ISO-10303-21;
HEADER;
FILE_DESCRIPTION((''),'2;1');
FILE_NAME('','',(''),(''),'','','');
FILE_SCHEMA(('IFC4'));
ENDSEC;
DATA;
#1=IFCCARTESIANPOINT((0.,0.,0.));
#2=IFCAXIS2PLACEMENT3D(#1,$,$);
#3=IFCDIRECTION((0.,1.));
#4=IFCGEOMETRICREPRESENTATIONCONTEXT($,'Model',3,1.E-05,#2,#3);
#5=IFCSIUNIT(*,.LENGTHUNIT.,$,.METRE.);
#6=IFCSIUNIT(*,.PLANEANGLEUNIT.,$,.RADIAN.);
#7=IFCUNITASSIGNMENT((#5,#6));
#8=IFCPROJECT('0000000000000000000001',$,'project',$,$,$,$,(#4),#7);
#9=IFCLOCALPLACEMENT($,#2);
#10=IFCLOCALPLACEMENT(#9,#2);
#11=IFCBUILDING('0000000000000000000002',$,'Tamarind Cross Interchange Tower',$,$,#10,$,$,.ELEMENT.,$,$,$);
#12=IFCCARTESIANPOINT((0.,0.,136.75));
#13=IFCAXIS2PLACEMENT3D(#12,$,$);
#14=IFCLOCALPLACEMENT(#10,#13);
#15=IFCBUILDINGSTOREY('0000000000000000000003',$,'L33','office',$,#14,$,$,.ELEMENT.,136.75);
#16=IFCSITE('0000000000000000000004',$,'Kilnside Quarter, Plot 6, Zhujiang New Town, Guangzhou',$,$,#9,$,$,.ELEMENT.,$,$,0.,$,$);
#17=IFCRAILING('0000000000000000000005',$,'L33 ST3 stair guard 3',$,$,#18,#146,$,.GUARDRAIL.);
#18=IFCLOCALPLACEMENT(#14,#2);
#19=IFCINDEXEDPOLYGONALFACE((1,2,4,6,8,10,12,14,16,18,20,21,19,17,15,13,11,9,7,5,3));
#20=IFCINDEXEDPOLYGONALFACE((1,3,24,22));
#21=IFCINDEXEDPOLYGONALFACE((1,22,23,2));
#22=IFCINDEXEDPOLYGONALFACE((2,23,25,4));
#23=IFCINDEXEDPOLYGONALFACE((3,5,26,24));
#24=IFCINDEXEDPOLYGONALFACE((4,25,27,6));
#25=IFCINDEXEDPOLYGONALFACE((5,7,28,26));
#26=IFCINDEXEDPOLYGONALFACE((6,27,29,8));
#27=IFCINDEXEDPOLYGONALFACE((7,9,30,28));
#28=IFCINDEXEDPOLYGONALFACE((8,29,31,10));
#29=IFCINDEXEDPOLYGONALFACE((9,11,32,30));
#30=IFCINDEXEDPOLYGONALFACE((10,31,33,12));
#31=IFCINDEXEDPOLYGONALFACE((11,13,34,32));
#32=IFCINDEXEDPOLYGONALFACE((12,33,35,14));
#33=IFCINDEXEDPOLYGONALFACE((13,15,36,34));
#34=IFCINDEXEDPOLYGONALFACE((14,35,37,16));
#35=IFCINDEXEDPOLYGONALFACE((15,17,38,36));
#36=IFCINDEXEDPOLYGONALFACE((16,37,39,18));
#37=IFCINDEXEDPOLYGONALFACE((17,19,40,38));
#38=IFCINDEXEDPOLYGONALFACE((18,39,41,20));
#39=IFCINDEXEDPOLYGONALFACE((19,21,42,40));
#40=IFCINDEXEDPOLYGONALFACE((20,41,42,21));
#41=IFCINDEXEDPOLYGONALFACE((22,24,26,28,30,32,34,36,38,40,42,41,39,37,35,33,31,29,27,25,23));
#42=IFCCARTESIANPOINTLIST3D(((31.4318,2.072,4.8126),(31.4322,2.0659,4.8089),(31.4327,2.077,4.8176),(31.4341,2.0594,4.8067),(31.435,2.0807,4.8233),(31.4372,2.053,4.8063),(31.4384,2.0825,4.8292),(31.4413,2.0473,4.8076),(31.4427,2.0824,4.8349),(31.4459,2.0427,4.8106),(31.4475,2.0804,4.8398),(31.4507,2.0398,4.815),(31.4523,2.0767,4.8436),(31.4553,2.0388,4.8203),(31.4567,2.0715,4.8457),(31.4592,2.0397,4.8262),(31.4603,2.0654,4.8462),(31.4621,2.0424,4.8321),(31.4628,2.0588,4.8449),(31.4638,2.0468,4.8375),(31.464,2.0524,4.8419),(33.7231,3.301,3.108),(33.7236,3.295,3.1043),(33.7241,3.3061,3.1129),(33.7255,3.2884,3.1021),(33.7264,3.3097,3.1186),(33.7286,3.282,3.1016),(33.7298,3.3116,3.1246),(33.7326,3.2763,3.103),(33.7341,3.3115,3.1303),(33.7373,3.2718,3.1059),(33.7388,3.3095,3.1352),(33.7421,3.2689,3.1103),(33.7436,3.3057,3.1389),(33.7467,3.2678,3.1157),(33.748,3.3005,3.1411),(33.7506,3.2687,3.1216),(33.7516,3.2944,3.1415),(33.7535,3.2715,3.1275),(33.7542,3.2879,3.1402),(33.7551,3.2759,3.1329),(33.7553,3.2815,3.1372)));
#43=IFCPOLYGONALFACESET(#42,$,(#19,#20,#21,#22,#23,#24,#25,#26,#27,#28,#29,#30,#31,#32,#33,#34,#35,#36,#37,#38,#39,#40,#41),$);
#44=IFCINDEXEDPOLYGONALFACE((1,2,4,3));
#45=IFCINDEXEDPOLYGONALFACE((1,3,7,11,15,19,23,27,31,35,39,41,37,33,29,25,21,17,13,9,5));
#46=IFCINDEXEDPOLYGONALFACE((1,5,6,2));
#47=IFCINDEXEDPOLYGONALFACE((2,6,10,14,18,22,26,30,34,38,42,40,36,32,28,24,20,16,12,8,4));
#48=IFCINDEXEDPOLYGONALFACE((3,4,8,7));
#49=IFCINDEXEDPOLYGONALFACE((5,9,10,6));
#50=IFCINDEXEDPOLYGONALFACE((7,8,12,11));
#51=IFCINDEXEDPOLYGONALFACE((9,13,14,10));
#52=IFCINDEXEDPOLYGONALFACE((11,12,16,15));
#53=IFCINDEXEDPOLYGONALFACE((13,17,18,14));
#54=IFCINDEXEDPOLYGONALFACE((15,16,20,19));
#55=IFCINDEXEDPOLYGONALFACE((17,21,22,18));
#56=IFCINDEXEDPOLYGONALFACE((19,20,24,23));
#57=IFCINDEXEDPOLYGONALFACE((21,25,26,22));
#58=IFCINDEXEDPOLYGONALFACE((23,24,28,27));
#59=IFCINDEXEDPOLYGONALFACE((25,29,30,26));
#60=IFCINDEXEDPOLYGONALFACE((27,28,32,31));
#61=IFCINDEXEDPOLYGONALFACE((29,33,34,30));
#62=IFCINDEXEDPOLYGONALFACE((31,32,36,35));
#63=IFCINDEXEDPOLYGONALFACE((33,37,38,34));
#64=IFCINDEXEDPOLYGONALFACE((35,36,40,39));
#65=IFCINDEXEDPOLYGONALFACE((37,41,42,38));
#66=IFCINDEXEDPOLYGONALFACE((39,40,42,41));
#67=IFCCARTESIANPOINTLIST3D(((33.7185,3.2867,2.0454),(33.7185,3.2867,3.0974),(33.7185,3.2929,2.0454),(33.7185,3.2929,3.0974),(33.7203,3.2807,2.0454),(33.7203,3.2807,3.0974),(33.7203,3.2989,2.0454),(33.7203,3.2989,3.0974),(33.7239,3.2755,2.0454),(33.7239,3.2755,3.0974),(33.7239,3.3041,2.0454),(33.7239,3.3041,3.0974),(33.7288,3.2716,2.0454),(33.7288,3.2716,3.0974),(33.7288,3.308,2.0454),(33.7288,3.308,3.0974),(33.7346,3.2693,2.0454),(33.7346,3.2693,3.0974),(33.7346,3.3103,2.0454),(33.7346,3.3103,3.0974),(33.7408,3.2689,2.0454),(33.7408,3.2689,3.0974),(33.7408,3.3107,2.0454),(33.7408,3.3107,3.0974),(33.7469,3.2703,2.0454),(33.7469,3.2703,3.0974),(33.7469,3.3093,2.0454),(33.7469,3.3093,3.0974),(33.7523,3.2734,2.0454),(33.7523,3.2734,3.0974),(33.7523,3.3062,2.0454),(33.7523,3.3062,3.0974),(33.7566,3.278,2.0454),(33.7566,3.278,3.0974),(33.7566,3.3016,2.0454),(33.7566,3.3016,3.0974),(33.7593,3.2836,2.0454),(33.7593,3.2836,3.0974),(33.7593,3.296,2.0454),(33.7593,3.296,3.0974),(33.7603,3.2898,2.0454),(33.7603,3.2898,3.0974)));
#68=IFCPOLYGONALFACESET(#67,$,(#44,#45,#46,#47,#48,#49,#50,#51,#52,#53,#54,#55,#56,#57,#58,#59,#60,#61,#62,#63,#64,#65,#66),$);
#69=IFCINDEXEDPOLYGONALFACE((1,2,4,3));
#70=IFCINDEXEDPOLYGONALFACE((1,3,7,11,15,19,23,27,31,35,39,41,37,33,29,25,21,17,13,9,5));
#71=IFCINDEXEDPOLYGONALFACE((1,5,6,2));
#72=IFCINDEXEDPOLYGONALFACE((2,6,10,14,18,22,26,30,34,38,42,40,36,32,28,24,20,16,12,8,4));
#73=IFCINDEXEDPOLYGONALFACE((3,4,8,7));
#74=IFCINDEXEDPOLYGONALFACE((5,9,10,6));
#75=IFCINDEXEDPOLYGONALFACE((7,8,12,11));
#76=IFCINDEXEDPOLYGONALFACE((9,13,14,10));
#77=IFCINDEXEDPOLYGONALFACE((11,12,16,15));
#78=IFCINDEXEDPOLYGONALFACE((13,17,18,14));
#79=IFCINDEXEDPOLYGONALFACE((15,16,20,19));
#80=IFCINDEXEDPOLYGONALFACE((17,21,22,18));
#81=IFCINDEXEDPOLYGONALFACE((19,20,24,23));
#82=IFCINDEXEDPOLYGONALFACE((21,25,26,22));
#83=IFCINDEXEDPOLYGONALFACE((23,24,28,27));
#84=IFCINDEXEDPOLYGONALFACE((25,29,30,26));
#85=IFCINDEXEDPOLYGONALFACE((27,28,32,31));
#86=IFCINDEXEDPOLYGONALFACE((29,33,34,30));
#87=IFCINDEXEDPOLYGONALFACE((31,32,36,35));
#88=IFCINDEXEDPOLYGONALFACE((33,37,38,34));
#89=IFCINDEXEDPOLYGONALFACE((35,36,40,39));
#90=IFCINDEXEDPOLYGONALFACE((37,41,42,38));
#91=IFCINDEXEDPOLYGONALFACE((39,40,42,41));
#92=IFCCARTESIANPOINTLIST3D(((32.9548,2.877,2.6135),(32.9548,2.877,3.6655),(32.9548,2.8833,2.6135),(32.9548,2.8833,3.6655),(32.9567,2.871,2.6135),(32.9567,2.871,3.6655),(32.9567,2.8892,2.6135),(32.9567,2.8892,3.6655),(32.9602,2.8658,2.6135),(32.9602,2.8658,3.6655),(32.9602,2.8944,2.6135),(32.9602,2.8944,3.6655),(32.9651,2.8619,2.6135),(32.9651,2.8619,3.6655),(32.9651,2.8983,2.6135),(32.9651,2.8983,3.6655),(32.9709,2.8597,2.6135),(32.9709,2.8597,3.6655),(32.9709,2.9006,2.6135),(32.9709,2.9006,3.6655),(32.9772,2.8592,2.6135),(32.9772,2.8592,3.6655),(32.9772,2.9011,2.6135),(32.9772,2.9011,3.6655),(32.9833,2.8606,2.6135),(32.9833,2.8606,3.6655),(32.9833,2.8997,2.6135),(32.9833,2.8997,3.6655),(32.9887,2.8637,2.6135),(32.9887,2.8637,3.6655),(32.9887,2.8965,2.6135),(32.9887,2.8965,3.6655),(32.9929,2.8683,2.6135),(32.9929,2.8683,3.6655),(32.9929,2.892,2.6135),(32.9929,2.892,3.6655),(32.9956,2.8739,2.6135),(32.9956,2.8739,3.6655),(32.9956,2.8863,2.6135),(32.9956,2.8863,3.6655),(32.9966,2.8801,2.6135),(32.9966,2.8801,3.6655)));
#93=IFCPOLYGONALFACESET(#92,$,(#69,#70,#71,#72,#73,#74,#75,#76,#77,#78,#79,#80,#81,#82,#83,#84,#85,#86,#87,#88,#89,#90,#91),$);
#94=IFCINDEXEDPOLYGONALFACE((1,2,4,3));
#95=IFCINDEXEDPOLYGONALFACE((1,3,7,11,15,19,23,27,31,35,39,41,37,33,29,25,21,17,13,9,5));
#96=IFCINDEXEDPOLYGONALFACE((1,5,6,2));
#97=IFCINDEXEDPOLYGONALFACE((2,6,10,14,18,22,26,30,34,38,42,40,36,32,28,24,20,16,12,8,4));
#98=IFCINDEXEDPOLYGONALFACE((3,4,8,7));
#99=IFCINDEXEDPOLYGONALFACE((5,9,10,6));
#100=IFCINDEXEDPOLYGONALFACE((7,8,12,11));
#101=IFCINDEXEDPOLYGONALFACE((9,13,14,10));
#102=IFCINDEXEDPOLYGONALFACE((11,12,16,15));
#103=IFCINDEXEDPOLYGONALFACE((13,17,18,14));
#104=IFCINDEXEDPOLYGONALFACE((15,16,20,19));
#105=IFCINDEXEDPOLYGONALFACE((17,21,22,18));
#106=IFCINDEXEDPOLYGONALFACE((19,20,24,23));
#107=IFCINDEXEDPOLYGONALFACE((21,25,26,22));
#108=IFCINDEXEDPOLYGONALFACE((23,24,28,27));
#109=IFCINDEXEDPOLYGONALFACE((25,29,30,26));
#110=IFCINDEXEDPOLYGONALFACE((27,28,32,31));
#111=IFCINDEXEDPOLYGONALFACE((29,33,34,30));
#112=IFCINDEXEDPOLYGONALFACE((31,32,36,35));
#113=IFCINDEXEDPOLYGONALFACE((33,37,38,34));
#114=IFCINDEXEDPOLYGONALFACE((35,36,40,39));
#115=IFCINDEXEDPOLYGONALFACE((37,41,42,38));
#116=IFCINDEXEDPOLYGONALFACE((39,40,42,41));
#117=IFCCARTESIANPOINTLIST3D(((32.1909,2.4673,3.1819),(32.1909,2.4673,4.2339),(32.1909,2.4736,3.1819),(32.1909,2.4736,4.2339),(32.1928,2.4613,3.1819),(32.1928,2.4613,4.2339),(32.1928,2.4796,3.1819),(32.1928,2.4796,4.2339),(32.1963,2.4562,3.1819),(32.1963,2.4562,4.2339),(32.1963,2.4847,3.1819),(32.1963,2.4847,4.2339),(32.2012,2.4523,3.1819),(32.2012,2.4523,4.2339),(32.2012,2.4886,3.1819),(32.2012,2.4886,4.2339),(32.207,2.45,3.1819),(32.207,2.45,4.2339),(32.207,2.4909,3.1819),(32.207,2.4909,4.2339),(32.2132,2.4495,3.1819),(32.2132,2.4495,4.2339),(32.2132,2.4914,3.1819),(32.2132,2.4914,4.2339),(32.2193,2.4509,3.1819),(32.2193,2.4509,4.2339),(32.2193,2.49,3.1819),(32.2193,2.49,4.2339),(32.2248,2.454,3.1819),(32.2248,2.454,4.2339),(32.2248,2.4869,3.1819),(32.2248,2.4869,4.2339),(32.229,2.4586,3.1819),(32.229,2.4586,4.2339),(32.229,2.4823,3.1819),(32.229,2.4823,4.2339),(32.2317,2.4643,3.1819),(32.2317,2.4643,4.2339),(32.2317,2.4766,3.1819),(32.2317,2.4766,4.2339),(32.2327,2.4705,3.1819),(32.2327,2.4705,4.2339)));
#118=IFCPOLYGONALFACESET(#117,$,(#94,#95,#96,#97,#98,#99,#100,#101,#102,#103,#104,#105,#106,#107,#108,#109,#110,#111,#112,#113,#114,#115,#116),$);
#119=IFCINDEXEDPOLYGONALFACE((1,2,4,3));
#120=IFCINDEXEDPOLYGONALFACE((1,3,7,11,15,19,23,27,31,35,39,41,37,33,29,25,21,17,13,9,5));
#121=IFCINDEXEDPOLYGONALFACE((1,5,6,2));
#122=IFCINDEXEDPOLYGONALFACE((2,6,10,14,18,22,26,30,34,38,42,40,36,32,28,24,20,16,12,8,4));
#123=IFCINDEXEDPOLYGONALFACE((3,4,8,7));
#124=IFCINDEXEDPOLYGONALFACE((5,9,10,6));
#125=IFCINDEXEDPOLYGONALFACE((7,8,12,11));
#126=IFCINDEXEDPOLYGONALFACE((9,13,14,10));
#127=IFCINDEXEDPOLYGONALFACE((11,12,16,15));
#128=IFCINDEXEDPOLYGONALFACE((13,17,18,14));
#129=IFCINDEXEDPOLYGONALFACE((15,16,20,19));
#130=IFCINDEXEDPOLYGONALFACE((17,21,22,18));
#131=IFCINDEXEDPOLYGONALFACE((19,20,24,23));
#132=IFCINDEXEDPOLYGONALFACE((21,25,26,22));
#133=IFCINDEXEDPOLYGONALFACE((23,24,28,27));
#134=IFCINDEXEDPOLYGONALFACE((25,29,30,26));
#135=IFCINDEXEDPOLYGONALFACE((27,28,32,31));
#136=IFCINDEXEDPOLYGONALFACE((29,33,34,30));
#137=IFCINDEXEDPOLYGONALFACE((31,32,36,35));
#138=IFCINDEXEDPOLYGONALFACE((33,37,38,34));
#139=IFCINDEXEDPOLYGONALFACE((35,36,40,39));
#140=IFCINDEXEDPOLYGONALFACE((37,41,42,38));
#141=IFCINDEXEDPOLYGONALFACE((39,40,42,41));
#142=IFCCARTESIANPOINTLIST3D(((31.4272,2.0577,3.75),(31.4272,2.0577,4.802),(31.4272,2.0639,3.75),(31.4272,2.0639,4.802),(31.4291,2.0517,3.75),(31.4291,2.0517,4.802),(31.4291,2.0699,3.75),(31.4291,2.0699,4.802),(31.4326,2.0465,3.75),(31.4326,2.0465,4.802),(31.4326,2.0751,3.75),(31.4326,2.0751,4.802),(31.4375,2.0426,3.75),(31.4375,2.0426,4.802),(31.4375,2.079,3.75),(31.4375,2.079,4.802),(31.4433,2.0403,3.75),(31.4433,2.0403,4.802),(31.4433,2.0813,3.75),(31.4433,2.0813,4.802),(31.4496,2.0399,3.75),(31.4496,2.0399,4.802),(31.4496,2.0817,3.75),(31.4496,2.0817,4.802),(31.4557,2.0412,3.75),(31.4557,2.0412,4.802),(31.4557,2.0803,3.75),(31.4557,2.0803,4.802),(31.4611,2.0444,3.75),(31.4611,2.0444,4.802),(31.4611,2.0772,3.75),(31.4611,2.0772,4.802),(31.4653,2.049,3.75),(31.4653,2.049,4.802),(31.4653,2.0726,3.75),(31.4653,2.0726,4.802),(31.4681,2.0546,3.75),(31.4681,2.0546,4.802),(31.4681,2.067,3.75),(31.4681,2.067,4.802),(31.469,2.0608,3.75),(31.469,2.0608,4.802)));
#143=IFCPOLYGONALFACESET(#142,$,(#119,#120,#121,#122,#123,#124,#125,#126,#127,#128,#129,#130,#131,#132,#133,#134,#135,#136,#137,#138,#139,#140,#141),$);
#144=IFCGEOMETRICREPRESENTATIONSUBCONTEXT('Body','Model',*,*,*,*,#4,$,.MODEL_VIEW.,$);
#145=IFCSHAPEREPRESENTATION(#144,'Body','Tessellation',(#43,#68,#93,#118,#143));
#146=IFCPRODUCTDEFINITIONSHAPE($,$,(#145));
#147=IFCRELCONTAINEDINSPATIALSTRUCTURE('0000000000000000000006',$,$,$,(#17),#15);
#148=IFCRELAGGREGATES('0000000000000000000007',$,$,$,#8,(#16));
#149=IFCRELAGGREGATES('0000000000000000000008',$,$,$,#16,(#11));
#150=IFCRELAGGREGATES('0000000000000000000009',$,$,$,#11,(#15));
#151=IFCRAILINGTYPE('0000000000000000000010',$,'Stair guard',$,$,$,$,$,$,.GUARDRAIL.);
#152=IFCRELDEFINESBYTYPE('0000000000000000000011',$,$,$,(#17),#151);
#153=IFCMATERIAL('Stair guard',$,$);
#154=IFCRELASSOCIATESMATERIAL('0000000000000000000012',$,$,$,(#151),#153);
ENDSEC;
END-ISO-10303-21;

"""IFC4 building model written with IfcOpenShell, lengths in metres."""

from ifc_helpers import new_model, si_unit, direction, frame, origin, origin_2d, place, context, subcontext, project, spatial, circle, extrude, material, type_object, element, save


model = new_model("IFC4")

# Units and contexts
model_context = context("Model", 3, precision=1e-05, world=origin(), true_north=direction((0.0, 1.0)))
body_context = subcontext(model_context, "Body", "Model", "MODEL_VIEW")
ifc_project = project(units=[si_unit("LENGTHUNIT", "METRE"), si_unit("PLANEANGLEUNIT", "RADIAN")], contexts=[model_context])

# Site, building, storey
site_placement = place(None, origin())
site = spatial("IfcSite", under=ifc_project, at=site_placement, Name="Kilnside Quarter, Plot 6, Zhujiang New Town, Guangzhou", CompositionType="ELEMENT", RefElevation=0.0)
building_placement = place(site_placement, origin())
building = spatial("IfcBuilding", under=site, at=building_placement, Name="Tamarind Cross Interchange Tower", CompositionType="ELEMENT")
storey_placement = place(building_placement, frame((0.0, 0.0, 136.75)))
storey = spatial("IfcBuildingStorey", under=building, at=storey_placement, Name="L33", Description="office", CompositionType="ELEMENT", Elevation=136.75)

# Railing
ifc_material_1 = material(Name="Stair guard")
railing_type_1 = type_object("IfcRailingType", Name="Stair guard", PredefinedType="GUARDRAIL", material=ifc_material_1)
railing_1_placement = place(storey_placement, frame((33.7393, 3.2898, 2.0454)))
element("IfcRailing", 1, at=railing_1_placement, inside=storey, type_object=railing_type_1, Name="L33 ST3 stair guard 3", PredefinedType="GUARDRAIL", context=body_context, shape_type="SweptSolid", body=[
    extrude(circle(Radius=0.0239, at=origin_2d()), frame((0.0, 0.0, 1.0762), z_axis=(-0.736974, -0.395304, 0.548274), x_axis=(0.472683, -0.881233, 0.0)), (0.0, 0.0, 1.0), 3.1091),
    extrude(circle(Radius=0.021, at=origin_2d()), origin(), (0.0, 0.0, 1.0), 1.052),
    extrude(circle(Radius=0.021, at=origin_2d()), frame((-0.7637, -0.4097, 0.5681)), (0.0, 0.0, 1.0), 1.052),
    extrude(circle(Radius=0.021, at=origin_2d()), frame((-1.5276, -0.8193, 1.1365)), (0.0, 0.0, 1.0), 1.052),
    extrude(circle(Radius=0.021, at=origin_2d()), frame((-2.2913, -1.229, 1.7046)), (0.0, 0.0, 1.0), 1.052),
])

save(model, "model.ifc")
